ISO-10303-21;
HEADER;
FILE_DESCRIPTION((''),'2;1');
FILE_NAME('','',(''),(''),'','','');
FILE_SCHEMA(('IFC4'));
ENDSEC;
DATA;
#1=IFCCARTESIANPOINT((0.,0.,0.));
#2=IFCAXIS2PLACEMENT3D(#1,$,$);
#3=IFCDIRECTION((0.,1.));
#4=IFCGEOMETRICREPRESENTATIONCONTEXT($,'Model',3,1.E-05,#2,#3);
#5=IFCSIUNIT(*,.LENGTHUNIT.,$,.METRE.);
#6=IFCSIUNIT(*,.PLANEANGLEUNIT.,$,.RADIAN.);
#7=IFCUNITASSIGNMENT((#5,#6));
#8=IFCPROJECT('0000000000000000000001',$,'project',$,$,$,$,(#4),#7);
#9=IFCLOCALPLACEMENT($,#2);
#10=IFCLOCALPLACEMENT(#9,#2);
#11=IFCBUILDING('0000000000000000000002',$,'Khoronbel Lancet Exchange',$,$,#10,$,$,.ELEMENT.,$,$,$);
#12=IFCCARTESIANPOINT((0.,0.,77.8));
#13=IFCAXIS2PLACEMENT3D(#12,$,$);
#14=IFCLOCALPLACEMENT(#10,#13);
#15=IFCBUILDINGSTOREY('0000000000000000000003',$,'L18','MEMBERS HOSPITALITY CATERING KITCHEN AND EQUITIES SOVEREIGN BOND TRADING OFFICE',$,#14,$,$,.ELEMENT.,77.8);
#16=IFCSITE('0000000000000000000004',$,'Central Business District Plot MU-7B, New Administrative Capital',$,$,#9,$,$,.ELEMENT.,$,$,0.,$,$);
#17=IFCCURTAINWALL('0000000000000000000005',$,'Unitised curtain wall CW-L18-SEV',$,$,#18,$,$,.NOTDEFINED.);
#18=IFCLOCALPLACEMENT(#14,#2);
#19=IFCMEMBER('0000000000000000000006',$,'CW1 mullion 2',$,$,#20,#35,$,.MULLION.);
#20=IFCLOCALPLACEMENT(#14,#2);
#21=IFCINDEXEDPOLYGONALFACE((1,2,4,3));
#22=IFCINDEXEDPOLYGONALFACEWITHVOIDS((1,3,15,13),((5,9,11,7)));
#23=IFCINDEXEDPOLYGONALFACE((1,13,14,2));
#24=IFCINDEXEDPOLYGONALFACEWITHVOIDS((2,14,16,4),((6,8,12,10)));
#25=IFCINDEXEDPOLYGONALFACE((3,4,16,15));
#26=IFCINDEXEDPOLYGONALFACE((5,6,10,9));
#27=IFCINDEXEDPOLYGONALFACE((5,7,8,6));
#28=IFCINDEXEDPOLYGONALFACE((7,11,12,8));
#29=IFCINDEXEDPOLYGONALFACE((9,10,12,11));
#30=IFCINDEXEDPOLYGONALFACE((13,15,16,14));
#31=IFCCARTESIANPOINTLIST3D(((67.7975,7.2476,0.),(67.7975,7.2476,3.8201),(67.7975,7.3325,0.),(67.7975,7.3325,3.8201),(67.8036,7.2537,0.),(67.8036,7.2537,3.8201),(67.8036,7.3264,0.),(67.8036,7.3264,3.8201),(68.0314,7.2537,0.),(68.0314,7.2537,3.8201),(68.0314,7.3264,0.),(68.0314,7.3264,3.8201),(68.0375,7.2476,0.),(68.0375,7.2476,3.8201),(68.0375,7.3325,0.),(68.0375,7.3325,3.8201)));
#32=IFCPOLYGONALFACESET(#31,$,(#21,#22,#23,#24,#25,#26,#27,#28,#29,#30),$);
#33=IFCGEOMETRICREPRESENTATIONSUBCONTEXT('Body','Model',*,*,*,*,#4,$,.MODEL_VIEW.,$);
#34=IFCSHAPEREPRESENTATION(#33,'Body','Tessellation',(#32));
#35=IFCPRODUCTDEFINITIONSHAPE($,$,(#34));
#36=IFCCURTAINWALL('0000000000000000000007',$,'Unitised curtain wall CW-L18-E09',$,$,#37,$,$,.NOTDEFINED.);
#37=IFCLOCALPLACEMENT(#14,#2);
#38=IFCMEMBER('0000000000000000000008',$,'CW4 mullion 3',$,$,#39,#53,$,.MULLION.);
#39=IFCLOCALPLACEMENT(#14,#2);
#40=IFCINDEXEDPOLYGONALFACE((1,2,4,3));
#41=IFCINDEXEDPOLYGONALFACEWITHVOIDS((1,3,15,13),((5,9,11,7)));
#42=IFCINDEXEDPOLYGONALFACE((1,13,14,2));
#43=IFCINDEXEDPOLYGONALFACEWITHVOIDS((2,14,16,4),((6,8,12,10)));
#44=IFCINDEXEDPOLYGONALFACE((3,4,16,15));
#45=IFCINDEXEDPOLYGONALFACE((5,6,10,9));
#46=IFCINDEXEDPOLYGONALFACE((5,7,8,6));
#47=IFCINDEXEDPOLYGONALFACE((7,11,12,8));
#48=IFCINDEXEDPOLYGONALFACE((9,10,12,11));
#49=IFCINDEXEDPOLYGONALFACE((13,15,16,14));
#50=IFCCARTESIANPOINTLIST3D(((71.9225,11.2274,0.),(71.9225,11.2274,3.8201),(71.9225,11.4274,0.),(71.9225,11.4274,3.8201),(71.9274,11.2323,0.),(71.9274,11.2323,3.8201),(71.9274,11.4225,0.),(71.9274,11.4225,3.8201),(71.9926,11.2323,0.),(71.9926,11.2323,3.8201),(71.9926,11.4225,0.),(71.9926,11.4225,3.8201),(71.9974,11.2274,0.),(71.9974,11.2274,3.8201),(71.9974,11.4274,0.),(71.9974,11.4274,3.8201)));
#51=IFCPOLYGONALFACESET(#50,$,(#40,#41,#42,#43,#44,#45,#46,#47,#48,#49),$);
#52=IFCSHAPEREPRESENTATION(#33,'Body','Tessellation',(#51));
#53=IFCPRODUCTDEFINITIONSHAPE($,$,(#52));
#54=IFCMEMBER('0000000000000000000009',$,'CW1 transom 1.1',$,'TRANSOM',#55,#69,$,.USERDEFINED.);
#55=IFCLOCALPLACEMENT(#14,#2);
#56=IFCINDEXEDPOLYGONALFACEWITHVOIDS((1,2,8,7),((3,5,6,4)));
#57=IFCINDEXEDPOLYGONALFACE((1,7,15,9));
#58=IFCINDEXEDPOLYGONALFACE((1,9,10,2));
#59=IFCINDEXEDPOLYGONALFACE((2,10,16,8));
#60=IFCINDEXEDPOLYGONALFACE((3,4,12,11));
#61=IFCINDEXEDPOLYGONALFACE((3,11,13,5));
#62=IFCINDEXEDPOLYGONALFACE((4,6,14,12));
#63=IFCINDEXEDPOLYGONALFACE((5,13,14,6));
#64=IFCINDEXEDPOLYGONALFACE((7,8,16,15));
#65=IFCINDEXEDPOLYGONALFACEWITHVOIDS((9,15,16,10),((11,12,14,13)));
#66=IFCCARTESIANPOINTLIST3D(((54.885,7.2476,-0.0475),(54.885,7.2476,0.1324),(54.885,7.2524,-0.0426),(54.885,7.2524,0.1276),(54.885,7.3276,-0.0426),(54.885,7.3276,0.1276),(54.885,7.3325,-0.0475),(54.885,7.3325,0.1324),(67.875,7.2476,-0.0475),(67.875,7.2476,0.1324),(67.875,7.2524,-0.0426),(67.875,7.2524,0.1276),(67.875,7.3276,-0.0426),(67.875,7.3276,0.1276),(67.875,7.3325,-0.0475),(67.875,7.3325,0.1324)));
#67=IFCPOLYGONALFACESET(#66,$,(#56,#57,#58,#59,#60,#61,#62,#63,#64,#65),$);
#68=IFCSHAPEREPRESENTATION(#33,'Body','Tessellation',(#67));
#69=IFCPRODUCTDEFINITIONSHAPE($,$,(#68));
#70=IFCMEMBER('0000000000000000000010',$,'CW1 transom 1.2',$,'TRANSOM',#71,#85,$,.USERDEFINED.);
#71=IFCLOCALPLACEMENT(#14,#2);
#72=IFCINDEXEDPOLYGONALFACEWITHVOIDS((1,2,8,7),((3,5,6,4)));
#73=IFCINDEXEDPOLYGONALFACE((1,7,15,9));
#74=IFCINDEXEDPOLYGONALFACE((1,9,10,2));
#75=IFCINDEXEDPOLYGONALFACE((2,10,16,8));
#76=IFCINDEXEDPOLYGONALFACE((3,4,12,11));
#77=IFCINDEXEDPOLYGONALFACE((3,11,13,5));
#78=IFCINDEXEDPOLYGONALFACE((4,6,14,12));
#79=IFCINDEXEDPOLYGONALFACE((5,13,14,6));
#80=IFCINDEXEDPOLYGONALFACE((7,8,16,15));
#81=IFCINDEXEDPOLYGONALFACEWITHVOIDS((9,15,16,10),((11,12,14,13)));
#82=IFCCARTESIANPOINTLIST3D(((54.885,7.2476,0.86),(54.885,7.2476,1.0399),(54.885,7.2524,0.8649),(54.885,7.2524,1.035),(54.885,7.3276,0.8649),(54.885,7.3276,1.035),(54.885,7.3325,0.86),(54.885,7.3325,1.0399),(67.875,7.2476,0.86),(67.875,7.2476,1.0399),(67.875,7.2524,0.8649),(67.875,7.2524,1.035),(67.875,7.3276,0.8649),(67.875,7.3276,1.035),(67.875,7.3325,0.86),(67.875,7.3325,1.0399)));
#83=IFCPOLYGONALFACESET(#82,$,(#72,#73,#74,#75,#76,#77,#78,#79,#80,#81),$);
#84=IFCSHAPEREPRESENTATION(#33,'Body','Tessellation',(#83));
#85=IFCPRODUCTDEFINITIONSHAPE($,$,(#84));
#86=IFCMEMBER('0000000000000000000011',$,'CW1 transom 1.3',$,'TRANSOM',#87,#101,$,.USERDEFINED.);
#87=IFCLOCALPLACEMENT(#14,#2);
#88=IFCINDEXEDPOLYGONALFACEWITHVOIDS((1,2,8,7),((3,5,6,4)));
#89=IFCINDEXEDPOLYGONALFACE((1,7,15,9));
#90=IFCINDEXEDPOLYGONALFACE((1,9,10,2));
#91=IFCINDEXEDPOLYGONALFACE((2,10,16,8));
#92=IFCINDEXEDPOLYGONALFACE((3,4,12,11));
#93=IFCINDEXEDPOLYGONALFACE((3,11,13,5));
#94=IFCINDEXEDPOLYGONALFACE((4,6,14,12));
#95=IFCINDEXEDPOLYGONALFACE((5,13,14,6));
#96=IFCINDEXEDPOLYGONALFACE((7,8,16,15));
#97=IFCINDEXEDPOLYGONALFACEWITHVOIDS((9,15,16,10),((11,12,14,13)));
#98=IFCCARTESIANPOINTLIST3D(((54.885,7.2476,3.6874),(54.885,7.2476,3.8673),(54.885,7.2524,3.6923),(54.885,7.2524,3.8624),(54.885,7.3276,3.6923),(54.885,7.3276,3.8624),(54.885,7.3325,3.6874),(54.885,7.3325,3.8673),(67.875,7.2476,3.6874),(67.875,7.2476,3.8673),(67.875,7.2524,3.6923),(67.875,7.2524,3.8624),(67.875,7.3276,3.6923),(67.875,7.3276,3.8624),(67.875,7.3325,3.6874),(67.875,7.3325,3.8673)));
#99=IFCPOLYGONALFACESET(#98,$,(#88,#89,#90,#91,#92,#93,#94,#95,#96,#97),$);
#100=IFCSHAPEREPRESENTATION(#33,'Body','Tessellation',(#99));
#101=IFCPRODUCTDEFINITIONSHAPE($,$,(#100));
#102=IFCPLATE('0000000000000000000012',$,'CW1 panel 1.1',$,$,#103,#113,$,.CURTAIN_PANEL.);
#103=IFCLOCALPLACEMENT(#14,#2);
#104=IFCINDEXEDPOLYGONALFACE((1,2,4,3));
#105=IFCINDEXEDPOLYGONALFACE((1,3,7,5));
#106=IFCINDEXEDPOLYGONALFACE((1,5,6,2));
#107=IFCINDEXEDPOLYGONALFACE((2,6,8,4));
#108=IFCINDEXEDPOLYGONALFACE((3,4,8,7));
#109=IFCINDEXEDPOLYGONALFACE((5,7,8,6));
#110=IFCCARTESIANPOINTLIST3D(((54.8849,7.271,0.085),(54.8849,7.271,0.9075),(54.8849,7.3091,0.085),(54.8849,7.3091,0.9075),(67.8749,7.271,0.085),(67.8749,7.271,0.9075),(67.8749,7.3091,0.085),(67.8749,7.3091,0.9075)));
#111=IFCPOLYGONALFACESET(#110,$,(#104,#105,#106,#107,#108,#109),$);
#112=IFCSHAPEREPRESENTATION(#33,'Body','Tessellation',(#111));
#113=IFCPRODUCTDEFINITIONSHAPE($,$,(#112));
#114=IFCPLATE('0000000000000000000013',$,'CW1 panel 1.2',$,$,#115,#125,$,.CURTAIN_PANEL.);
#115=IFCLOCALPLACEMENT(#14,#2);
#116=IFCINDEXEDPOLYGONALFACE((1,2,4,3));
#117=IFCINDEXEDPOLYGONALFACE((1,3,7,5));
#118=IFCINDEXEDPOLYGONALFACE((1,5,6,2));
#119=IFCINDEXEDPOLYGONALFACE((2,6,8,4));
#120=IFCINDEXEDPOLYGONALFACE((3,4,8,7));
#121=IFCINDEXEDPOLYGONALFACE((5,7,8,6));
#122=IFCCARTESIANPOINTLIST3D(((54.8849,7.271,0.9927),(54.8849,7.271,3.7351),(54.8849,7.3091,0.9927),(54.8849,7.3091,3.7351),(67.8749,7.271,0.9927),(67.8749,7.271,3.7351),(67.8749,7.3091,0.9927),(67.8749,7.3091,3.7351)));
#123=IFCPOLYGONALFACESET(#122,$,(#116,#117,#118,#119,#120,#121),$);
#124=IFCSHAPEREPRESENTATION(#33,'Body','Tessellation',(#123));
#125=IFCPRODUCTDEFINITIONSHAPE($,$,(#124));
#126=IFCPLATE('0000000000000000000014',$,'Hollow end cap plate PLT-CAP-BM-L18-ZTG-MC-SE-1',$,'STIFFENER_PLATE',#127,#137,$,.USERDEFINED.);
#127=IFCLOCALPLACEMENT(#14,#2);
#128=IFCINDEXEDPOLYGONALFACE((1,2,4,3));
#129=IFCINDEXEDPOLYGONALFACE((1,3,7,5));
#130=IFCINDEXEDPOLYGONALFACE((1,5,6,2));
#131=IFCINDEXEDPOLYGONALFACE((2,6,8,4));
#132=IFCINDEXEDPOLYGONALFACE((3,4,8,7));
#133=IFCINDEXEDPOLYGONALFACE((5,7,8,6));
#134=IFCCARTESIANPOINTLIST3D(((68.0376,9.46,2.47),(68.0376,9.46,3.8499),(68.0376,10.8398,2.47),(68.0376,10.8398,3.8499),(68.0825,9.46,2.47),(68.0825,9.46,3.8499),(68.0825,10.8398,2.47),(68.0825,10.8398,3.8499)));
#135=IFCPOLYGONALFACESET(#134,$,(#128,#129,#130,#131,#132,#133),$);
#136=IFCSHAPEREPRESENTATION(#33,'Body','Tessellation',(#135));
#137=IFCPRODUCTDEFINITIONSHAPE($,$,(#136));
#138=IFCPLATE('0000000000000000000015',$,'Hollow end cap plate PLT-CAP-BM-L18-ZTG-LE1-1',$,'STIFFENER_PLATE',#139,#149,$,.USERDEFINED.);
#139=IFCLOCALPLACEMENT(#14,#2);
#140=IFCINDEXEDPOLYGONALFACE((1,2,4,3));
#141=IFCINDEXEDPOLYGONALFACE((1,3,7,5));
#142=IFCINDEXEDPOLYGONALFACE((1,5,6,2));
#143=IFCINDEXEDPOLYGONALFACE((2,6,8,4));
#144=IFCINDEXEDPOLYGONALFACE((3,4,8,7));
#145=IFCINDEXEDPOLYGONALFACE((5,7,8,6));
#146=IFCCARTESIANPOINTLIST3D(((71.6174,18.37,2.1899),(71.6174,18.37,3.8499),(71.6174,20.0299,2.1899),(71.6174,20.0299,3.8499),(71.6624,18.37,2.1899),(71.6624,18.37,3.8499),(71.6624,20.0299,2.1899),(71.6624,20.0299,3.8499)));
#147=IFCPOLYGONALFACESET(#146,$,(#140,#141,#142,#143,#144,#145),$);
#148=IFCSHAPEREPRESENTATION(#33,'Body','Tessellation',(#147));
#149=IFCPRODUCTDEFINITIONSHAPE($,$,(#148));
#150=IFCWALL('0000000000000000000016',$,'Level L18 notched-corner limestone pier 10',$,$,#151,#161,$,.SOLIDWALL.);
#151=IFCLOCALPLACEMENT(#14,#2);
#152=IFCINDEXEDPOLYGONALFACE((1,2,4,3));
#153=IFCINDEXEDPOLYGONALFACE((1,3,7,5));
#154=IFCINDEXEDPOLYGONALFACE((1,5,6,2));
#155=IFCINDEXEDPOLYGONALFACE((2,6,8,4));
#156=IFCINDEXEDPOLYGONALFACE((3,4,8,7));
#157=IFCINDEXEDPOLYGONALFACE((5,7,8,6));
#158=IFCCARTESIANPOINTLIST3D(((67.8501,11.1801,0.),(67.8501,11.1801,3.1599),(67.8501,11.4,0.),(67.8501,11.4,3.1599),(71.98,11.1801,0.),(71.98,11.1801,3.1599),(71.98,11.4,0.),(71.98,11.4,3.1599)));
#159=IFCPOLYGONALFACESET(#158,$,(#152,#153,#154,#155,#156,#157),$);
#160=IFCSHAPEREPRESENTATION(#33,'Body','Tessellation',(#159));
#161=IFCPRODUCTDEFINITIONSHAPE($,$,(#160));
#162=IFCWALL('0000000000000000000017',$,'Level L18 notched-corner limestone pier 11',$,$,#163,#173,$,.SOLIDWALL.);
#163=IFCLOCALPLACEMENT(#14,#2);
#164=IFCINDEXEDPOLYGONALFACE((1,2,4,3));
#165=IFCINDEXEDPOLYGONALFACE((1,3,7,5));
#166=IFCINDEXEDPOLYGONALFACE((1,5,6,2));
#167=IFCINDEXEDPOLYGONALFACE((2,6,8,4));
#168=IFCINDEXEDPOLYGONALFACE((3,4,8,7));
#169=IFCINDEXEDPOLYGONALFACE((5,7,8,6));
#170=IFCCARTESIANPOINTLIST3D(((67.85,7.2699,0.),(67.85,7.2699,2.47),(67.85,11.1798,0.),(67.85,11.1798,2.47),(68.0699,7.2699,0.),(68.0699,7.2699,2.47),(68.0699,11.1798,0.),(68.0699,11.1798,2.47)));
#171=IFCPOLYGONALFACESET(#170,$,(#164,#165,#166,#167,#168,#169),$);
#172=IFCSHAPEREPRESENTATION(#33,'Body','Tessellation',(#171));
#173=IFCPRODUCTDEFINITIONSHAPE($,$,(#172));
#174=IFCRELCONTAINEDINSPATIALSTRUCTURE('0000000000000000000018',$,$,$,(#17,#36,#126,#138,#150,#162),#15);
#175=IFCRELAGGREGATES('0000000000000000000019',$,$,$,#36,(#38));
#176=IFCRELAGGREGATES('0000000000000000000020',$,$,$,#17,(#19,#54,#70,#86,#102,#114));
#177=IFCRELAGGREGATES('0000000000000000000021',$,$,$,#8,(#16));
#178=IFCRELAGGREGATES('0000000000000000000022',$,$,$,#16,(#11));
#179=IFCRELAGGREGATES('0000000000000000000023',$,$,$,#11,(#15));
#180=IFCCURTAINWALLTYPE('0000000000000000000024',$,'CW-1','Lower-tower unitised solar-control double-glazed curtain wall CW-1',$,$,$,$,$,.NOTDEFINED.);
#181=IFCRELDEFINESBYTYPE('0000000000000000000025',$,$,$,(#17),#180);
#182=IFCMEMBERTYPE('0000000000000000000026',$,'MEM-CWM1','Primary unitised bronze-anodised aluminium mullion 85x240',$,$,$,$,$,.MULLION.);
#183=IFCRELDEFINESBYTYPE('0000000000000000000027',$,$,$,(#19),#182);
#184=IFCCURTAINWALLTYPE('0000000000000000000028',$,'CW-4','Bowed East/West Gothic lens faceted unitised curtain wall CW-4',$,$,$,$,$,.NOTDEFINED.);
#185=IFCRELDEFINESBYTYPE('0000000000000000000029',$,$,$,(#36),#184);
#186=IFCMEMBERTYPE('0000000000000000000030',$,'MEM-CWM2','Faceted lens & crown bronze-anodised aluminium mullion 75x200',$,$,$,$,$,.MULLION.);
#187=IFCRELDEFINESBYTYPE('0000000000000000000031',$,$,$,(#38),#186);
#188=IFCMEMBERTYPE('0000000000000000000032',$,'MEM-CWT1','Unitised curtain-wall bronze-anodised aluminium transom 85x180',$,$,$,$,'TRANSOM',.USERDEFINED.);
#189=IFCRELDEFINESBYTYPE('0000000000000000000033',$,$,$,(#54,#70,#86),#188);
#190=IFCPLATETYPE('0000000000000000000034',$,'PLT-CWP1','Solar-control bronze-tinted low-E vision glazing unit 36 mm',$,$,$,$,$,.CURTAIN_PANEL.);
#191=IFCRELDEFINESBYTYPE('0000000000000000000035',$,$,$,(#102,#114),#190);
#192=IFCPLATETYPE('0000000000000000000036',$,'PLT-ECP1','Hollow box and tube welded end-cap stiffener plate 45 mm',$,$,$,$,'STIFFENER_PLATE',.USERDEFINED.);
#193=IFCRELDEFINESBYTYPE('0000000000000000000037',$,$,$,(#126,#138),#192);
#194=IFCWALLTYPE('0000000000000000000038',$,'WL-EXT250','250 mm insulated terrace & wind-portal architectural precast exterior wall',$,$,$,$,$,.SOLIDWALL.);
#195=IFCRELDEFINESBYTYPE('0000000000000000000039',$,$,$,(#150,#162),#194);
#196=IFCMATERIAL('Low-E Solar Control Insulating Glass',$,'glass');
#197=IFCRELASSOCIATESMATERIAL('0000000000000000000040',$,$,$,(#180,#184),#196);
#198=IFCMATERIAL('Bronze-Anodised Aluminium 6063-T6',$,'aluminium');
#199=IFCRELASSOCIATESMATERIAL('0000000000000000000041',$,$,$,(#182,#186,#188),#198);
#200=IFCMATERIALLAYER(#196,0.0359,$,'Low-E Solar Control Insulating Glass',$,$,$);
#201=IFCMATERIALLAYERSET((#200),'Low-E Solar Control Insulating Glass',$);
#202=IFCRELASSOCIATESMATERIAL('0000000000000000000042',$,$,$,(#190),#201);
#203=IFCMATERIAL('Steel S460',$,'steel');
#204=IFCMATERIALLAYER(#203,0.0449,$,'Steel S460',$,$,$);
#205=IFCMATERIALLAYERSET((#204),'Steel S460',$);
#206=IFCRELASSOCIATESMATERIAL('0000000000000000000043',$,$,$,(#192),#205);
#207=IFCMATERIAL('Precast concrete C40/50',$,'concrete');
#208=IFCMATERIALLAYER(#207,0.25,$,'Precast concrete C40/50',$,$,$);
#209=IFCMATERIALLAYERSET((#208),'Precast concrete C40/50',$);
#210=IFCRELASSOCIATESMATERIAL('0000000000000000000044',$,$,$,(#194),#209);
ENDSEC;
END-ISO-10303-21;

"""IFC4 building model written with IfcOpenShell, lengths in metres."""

from ifc_helpers import new_model, si_unit, direction, frame, frame_2d, origin, origin_2d, place, context, subcontext, project, spatial, rectangle, hollow_rectangle, extrude, material, layer, layer_set, material_profile, profile_set, type_object, element, aggregate, save


model = new_model("IFC4")

# Units and contexts
model_context = context("Model", 3, precision=1e-05, world=origin(), true_north=direction((0.0, 1.0)))
body_context = subcontext(model_context, "Body", "Model", "MODEL_VIEW")
ifc_project = project(units=[si_unit("LENGTHUNIT", "METRE"), si_unit("PLANEANGLEUNIT", "RADIAN")], contexts=[model_context])

# Site, building, storey
site_placement = place(None, origin())
site = spatial("IfcSite", under=ifc_project, at=site_placement, Name="Central Business District Plot MU-7B, New Administrative Capital", CompositionType="ELEMENT", RefElevation=0.0)
building_placement = place(site_placement, origin())
building = spatial("IfcBuilding", under=site, at=building_placement, Name="Khoronbel Lancet Exchange", CompositionType="ELEMENT")
storey_placement = place(building_placement, frame((0.0, 0.0, 77.8)))
storey = spatial("IfcBuildingStorey", under=building, at=storey_placement, Name="L18", Description="MEMBERS HOSPITALITY CATERING KITCHEN AND EQUITIES SOVEREIGN BOND TRADING OFFICE", CompositionType="ELEMENT", Elevation=77.8)

# Shared definitions
ifc_material_1 = material(Name="Steel S460", Category="steel")

# Shared definitions
ifc_material_2 = material(Name="Low-E Solar Control Insulating Glass", Category="glass")
curtain_wall_type_1 = type_object("IfcCurtainWallType", Name="CW-1", Description="Lower-tower unitised solar-control double-glazed curtain wall CW-1", PredefinedType="NOTDEFINED", material=ifc_material_2)
ifc_material_3 = material(Name="Bronze-Anodised Aluminium 6063-T6", Category="aluminium")
ifc_material_profile_1 = material_profile(ifc_material_3, hollow_rectangle(XDim=0.085, YDim=0.24, WallThickness=0.0061, at=origin_2d()), Name="ALU MULLION 85x240")
ifc_profile_set_1 = profile_set([ifc_material_profile_1], Name="Bronze-Anodised Aluminium 6063-T6")
member_type_1 = type_object("IfcMemberType", Name="MEM-CWM1", Description="Primary unitised bronze-anodised aluminium mullion 85x240", PredefinedType="MULLION", material=ifc_profile_set_1)

# Curtain wall, member
curtain_wall_1_placement = place(storey_placement, origin())
curtain_wall_1 = element("IfcCurtainWall", 1, at=curtain_wall_1_placement, inside=storey, type_object=curtain_wall_type_1, Name="Unitised curtain wall CW-L18-SEV", PredefinedType="NOTDEFINED")
member_1_placement = place(storey_placement, frame((67.9175, 7.29, 0.0), z_axis=(0.0, 0.0, 1.0), x_axis=(0.0, 1.0, 0.0)))
member_1 = element("IfcMember", 2, at=member_1_placement, type_object=member_type_1, Name="CW1 mullion 2", PredefinedType="MULLION", context=body_context, shape_type="SweptSolid", body=[
    extrude(hollow_rectangle(XDim=0.085, YDim=0.24, WallThickness=0.0061, at=origin_2d()), origin(), (0.0, 0.0, 1.0), 3.8201),
])

# Curtain wall, member
curtain_wall_type_2 = type_object("IfcCurtainWallType", Name="CW-4", Description="Bowed East/West Gothic lens faceted unitised curtain wall CW-4", PredefinedType="NOTDEFINED", material=ifc_material_2)
curtain_wall_2_placement = place(storey_placement, origin())
curtain_wall_2 = element("IfcCurtainWall", 3, at=curtain_wall_2_placement, inside=storey, type_object=curtain_wall_type_2, Name="Unitised curtain wall CW-L18-E09", PredefinedType="NOTDEFINED")
ifc_material_profile_2 = material_profile(ifc_material_3, hollow_rectangle(XDim=0.075, YDim=0.2, WallThickness=0.0049, at=origin_2d()), Name="ALU MULLION 75x200")
ifc_profile_set_2 = profile_set([ifc_material_profile_2], Name="Bronze-Anodised Aluminium 6063-T6")
member_type_2 = type_object("IfcMemberType", Name="MEM-CWM2", Description="Faceted lens & crown bronze-anodised aluminium mullion 75x200", PredefinedType="MULLION", material=ifc_profile_set_2)
member_2_placement = place(storey_placement, frame((71.96, 11.3274, 0.0), z_axis=(0.0, 0.0, 1.0), x_axis=(1.0, 0.0, 0.0)))
member_2 = element("IfcMember", 4, at=member_2_placement, type_object=member_type_2, Name="CW4 mullion 3", PredefinedType="MULLION", context=body_context, shape_type="SweptSolid", body=[
    extrude(hollow_rectangle(XDim=0.075, YDim=0.2, WallThickness=0.0049, at=origin_2d()), origin(), (0.0, 0.0, 1.0), 3.8201),
])
aggregate(curtain_wall_2, [member_2])

# Members
ifc_material_profile_3 = material_profile(ifc_material_3, hollow_rectangle(XDim=0.085, YDim=0.1799, WallThickness=0.0049, at=origin_2d()), Name="ALU TRANSOM 85x180")
ifc_profile_set_3 = profile_set([ifc_material_profile_3], Name="Bronze-Anodised Aluminium 6063-T6")
member_type_3 = type_object("IfcMemberType", Name="MEM-CWT1", Description="Unitised curtain-wall bronze-anodised aluminium transom 85x180", ElementType="TRANSOM", PredefinedType="USERDEFINED", material=ifc_profile_set_3)
member_3_placement = place(storey_placement, frame((54.885, 7.29, 0.0425), z_axis=(1.0, 0.0, 0.0), x_axis=(0.0, 1.0, 0.0)))
member_3 = element("IfcMember", 5, at=member_3_placement, type_object=member_type_3, Name="CW1 transom 1.1", ObjectType="TRANSOM", PredefinedType="USERDEFINED", context=body_context, shape_type="SweptSolid", body=[
    extrude(hollow_rectangle(XDim=0.085, YDim=0.1799, WallThickness=0.0049, at=origin_2d()), origin(), (0.0, 0.0, 1.0), 12.99),
])
member_4_placement = place(storey_placement, frame((54.885, 7.29, 0.95), z_axis=(1.0, 0.0, 0.0), x_axis=(0.0, 1.0, 0.0)))
member_4 = element("IfcMember", 6, at=member_4_placement, type_object=member_type_3, Name="CW1 transom 1.2", ObjectType="TRANSOM", PredefinedType="USERDEFINED", context=body_context, shape_type="SweptSolid", body=[
    extrude(hollow_rectangle(XDim=0.085, YDim=0.1799, WallThickness=0.0049, at=origin_2d()), origin(), (0.0, 0.0, 1.0), 12.99),
])
member_5_placement = place(storey_placement, frame((54.885, 7.29, 3.7773), z_axis=(1.0, 0.0, 0.0), x_axis=(0.0, 1.0, 0.0)))
member_5 = element("IfcMember", 7, at=member_5_placement, type_object=member_type_3, Name="CW1 transom 1.3", ObjectType="TRANSOM", PredefinedType="USERDEFINED", context=body_context, shape_type="SweptSolid", body=[
    extrude(hollow_rectangle(XDim=0.085, YDim=0.1799, WallThickness=0.0049, at=origin_2d()), origin(), (0.0, 0.0, 1.0), 12.99),
])

# Plates
ifc_layer_1 = layer(ifc_material_2, 0.0359, Name="Low-E Solar Control Insulating Glass")
ifc_layer_set_1 = layer_set([ifc_layer_1], Name="Low-E Solar Control Insulating Glass")
plate_type_1 = type_object("IfcPlateType", Name="PLT-CWP1", Description="Solar-control bronze-tinted low-E vision glazing unit 36 mm", PredefinedType="CURTAIN_PANEL", material=ifc_layer_set_1)
plate_1_placement = place(storey_placement, frame((61.3799, 7.29, 0.085), z_axis=(0.0, 0.0, 1.0), x_axis=(1.0, 0.0, 0.0)))
plate_1 = element("IfcPlate", 8, at=plate_1_placement, type_object=plate_type_1, Name="CW1 panel 1.1", PredefinedType="CURTAIN_PANEL", context=body_context, shape_type="SweptSolid", body=[
    extrude(rectangle(XDim=12.99, YDim=0.0381, at=origin_2d()), origin(), (0.0, 0.0, 1.0), 0.8225),
])
plate_2_placement = place(storey_placement, frame((61.3799, 7.29, 0.9927), z_axis=(0.0, 0.0, 1.0), x_axis=(1.0, 0.0, 0.0)))
plate_2 = element("IfcPlate", 9, at=plate_2_placement, type_object=plate_type_1, Name="CW1 panel 1.2", PredefinedType="CURTAIN_PANEL", context=body_context, shape_type="SweptSolid", body=[
    extrude(rectangle(XDim=12.99, YDim=0.0381, at=origin_2d()), origin(), (0.0, 0.0, 1.0), 2.7424),
])
aggregate(curtain_wall_1, [member_1, member_3, member_4, member_5, plate_1, plate_2])

# Plates
ifc_layer_2 = layer(ifc_material_1, 0.0449, Name="Steel S460")
ifc_layer_set_2 = layer_set([ifc_layer_2], Name="Steel S460")
plate_type_2 = type_object("IfcPlateType", Name="PLT-ECP1", Description="Hollow box and tube welded end-cap stiffener plate 45 mm", ElementType="STIFFENER_PLATE", PredefinedType="USERDEFINED", material=ifc_layer_set_2)
plate_3_placement = place(storey_placement, frame((68.0601, 10.1499, 2.47), z_axis=(0.0, 0.0, 1.0), x_axis=(1.0, 0.0, 0.0)))
element("IfcPlate", 10, at=plate_3_placement, inside=storey, type_object=plate_type_2, Name="Hollow end cap plate PLT-CAP-BM-L18-ZTG-MC-SE-1", ObjectType="STIFFENER_PLATE", PredefinedType="USERDEFINED", context=body_context, shape_type="SweptSolid", body=[
    extrude(rectangle(XDim=0.0449, YDim=1.3799, at=origin_2d()), origin(), (0.0, 0.0, 1.0), 1.3799),
])
plate_4_placement = place(storey_placement, frame((71.6399, 19.2, 2.1899), z_axis=(0.0, 0.0, 1.0), x_axis=(1.0, 0.0, 0.0)))
element("IfcPlate", 11, at=plate_4_placement, inside=storey, type_object=plate_type_2, Name="Hollow end cap plate PLT-CAP-BM-L18-ZTG-LE1-1", ObjectType="STIFFENER_PLATE", PredefinedType="USERDEFINED", context=body_context, shape_type="SweptSolid", body=[
    extrude(rectangle(XDim=0.0449, YDim=1.6599, at=origin_2d()), origin(), (0.0, 0.0, 1.0), 1.6599),
])

# Walls
ifc_material_4 = material(Name="Precast concrete C40/50", Category="concrete")
ifc_layer_3 = layer(ifc_material_4, 0.25, Name="Precast concrete C40/50")
ifc_layer_set_3 = layer_set([ifc_layer_3], Name="Precast concrete C40/50")
wall_type_1 = type_object("IfcWallType", Name="WL-EXT250", Description="250 mm insulated terrace & wind-portal architectural precast exterior wall", PredefinedType="SOLIDWALL", material=ifc_layer_set_3)
wall_1_placement = place(storey_placement, frame((71.98, 11.29, 0.0), z_axis=(0.0, 0.0, 1.0), x_axis=(-1.0, 0.0, 0.0)))
element("IfcWall", 12, at=wall_1_placement, inside=storey, type_object=wall_type_1, Name="Level L18 notched-corner limestone pier 10", PredefinedType="SOLIDWALL", context=body_context, shape_type="SweptSolid", body=[
    extrude(rectangle(XDim=4.1299, YDim=0.22, at=frame_2d((2.0649, 0.0))), origin(), (0.0, 0.0, 1.0), 3.1599),
])
wall_2_placement = place(storey_placement, frame((67.96, 11.1799, 0.0), z_axis=(0.0, 0.0, 1.0), x_axis=(0.0, -1.0, 0.0)))
element("IfcWall", 13, at=wall_2_placement, inside=storey, type_object=wall_type_1, Name="Level L18 notched-corner limestone pier 11", PredefinedType="SOLIDWALL", context=body_context, shape_type="SweptSolid", body=[
    extrude(rectangle(XDim=3.9099, YDim=0.22, at=frame_2d((1.9551, 0.0))), origin(), (0.0, 0.0, 1.0), 2.47),
])

save(model, "model.ifc")
